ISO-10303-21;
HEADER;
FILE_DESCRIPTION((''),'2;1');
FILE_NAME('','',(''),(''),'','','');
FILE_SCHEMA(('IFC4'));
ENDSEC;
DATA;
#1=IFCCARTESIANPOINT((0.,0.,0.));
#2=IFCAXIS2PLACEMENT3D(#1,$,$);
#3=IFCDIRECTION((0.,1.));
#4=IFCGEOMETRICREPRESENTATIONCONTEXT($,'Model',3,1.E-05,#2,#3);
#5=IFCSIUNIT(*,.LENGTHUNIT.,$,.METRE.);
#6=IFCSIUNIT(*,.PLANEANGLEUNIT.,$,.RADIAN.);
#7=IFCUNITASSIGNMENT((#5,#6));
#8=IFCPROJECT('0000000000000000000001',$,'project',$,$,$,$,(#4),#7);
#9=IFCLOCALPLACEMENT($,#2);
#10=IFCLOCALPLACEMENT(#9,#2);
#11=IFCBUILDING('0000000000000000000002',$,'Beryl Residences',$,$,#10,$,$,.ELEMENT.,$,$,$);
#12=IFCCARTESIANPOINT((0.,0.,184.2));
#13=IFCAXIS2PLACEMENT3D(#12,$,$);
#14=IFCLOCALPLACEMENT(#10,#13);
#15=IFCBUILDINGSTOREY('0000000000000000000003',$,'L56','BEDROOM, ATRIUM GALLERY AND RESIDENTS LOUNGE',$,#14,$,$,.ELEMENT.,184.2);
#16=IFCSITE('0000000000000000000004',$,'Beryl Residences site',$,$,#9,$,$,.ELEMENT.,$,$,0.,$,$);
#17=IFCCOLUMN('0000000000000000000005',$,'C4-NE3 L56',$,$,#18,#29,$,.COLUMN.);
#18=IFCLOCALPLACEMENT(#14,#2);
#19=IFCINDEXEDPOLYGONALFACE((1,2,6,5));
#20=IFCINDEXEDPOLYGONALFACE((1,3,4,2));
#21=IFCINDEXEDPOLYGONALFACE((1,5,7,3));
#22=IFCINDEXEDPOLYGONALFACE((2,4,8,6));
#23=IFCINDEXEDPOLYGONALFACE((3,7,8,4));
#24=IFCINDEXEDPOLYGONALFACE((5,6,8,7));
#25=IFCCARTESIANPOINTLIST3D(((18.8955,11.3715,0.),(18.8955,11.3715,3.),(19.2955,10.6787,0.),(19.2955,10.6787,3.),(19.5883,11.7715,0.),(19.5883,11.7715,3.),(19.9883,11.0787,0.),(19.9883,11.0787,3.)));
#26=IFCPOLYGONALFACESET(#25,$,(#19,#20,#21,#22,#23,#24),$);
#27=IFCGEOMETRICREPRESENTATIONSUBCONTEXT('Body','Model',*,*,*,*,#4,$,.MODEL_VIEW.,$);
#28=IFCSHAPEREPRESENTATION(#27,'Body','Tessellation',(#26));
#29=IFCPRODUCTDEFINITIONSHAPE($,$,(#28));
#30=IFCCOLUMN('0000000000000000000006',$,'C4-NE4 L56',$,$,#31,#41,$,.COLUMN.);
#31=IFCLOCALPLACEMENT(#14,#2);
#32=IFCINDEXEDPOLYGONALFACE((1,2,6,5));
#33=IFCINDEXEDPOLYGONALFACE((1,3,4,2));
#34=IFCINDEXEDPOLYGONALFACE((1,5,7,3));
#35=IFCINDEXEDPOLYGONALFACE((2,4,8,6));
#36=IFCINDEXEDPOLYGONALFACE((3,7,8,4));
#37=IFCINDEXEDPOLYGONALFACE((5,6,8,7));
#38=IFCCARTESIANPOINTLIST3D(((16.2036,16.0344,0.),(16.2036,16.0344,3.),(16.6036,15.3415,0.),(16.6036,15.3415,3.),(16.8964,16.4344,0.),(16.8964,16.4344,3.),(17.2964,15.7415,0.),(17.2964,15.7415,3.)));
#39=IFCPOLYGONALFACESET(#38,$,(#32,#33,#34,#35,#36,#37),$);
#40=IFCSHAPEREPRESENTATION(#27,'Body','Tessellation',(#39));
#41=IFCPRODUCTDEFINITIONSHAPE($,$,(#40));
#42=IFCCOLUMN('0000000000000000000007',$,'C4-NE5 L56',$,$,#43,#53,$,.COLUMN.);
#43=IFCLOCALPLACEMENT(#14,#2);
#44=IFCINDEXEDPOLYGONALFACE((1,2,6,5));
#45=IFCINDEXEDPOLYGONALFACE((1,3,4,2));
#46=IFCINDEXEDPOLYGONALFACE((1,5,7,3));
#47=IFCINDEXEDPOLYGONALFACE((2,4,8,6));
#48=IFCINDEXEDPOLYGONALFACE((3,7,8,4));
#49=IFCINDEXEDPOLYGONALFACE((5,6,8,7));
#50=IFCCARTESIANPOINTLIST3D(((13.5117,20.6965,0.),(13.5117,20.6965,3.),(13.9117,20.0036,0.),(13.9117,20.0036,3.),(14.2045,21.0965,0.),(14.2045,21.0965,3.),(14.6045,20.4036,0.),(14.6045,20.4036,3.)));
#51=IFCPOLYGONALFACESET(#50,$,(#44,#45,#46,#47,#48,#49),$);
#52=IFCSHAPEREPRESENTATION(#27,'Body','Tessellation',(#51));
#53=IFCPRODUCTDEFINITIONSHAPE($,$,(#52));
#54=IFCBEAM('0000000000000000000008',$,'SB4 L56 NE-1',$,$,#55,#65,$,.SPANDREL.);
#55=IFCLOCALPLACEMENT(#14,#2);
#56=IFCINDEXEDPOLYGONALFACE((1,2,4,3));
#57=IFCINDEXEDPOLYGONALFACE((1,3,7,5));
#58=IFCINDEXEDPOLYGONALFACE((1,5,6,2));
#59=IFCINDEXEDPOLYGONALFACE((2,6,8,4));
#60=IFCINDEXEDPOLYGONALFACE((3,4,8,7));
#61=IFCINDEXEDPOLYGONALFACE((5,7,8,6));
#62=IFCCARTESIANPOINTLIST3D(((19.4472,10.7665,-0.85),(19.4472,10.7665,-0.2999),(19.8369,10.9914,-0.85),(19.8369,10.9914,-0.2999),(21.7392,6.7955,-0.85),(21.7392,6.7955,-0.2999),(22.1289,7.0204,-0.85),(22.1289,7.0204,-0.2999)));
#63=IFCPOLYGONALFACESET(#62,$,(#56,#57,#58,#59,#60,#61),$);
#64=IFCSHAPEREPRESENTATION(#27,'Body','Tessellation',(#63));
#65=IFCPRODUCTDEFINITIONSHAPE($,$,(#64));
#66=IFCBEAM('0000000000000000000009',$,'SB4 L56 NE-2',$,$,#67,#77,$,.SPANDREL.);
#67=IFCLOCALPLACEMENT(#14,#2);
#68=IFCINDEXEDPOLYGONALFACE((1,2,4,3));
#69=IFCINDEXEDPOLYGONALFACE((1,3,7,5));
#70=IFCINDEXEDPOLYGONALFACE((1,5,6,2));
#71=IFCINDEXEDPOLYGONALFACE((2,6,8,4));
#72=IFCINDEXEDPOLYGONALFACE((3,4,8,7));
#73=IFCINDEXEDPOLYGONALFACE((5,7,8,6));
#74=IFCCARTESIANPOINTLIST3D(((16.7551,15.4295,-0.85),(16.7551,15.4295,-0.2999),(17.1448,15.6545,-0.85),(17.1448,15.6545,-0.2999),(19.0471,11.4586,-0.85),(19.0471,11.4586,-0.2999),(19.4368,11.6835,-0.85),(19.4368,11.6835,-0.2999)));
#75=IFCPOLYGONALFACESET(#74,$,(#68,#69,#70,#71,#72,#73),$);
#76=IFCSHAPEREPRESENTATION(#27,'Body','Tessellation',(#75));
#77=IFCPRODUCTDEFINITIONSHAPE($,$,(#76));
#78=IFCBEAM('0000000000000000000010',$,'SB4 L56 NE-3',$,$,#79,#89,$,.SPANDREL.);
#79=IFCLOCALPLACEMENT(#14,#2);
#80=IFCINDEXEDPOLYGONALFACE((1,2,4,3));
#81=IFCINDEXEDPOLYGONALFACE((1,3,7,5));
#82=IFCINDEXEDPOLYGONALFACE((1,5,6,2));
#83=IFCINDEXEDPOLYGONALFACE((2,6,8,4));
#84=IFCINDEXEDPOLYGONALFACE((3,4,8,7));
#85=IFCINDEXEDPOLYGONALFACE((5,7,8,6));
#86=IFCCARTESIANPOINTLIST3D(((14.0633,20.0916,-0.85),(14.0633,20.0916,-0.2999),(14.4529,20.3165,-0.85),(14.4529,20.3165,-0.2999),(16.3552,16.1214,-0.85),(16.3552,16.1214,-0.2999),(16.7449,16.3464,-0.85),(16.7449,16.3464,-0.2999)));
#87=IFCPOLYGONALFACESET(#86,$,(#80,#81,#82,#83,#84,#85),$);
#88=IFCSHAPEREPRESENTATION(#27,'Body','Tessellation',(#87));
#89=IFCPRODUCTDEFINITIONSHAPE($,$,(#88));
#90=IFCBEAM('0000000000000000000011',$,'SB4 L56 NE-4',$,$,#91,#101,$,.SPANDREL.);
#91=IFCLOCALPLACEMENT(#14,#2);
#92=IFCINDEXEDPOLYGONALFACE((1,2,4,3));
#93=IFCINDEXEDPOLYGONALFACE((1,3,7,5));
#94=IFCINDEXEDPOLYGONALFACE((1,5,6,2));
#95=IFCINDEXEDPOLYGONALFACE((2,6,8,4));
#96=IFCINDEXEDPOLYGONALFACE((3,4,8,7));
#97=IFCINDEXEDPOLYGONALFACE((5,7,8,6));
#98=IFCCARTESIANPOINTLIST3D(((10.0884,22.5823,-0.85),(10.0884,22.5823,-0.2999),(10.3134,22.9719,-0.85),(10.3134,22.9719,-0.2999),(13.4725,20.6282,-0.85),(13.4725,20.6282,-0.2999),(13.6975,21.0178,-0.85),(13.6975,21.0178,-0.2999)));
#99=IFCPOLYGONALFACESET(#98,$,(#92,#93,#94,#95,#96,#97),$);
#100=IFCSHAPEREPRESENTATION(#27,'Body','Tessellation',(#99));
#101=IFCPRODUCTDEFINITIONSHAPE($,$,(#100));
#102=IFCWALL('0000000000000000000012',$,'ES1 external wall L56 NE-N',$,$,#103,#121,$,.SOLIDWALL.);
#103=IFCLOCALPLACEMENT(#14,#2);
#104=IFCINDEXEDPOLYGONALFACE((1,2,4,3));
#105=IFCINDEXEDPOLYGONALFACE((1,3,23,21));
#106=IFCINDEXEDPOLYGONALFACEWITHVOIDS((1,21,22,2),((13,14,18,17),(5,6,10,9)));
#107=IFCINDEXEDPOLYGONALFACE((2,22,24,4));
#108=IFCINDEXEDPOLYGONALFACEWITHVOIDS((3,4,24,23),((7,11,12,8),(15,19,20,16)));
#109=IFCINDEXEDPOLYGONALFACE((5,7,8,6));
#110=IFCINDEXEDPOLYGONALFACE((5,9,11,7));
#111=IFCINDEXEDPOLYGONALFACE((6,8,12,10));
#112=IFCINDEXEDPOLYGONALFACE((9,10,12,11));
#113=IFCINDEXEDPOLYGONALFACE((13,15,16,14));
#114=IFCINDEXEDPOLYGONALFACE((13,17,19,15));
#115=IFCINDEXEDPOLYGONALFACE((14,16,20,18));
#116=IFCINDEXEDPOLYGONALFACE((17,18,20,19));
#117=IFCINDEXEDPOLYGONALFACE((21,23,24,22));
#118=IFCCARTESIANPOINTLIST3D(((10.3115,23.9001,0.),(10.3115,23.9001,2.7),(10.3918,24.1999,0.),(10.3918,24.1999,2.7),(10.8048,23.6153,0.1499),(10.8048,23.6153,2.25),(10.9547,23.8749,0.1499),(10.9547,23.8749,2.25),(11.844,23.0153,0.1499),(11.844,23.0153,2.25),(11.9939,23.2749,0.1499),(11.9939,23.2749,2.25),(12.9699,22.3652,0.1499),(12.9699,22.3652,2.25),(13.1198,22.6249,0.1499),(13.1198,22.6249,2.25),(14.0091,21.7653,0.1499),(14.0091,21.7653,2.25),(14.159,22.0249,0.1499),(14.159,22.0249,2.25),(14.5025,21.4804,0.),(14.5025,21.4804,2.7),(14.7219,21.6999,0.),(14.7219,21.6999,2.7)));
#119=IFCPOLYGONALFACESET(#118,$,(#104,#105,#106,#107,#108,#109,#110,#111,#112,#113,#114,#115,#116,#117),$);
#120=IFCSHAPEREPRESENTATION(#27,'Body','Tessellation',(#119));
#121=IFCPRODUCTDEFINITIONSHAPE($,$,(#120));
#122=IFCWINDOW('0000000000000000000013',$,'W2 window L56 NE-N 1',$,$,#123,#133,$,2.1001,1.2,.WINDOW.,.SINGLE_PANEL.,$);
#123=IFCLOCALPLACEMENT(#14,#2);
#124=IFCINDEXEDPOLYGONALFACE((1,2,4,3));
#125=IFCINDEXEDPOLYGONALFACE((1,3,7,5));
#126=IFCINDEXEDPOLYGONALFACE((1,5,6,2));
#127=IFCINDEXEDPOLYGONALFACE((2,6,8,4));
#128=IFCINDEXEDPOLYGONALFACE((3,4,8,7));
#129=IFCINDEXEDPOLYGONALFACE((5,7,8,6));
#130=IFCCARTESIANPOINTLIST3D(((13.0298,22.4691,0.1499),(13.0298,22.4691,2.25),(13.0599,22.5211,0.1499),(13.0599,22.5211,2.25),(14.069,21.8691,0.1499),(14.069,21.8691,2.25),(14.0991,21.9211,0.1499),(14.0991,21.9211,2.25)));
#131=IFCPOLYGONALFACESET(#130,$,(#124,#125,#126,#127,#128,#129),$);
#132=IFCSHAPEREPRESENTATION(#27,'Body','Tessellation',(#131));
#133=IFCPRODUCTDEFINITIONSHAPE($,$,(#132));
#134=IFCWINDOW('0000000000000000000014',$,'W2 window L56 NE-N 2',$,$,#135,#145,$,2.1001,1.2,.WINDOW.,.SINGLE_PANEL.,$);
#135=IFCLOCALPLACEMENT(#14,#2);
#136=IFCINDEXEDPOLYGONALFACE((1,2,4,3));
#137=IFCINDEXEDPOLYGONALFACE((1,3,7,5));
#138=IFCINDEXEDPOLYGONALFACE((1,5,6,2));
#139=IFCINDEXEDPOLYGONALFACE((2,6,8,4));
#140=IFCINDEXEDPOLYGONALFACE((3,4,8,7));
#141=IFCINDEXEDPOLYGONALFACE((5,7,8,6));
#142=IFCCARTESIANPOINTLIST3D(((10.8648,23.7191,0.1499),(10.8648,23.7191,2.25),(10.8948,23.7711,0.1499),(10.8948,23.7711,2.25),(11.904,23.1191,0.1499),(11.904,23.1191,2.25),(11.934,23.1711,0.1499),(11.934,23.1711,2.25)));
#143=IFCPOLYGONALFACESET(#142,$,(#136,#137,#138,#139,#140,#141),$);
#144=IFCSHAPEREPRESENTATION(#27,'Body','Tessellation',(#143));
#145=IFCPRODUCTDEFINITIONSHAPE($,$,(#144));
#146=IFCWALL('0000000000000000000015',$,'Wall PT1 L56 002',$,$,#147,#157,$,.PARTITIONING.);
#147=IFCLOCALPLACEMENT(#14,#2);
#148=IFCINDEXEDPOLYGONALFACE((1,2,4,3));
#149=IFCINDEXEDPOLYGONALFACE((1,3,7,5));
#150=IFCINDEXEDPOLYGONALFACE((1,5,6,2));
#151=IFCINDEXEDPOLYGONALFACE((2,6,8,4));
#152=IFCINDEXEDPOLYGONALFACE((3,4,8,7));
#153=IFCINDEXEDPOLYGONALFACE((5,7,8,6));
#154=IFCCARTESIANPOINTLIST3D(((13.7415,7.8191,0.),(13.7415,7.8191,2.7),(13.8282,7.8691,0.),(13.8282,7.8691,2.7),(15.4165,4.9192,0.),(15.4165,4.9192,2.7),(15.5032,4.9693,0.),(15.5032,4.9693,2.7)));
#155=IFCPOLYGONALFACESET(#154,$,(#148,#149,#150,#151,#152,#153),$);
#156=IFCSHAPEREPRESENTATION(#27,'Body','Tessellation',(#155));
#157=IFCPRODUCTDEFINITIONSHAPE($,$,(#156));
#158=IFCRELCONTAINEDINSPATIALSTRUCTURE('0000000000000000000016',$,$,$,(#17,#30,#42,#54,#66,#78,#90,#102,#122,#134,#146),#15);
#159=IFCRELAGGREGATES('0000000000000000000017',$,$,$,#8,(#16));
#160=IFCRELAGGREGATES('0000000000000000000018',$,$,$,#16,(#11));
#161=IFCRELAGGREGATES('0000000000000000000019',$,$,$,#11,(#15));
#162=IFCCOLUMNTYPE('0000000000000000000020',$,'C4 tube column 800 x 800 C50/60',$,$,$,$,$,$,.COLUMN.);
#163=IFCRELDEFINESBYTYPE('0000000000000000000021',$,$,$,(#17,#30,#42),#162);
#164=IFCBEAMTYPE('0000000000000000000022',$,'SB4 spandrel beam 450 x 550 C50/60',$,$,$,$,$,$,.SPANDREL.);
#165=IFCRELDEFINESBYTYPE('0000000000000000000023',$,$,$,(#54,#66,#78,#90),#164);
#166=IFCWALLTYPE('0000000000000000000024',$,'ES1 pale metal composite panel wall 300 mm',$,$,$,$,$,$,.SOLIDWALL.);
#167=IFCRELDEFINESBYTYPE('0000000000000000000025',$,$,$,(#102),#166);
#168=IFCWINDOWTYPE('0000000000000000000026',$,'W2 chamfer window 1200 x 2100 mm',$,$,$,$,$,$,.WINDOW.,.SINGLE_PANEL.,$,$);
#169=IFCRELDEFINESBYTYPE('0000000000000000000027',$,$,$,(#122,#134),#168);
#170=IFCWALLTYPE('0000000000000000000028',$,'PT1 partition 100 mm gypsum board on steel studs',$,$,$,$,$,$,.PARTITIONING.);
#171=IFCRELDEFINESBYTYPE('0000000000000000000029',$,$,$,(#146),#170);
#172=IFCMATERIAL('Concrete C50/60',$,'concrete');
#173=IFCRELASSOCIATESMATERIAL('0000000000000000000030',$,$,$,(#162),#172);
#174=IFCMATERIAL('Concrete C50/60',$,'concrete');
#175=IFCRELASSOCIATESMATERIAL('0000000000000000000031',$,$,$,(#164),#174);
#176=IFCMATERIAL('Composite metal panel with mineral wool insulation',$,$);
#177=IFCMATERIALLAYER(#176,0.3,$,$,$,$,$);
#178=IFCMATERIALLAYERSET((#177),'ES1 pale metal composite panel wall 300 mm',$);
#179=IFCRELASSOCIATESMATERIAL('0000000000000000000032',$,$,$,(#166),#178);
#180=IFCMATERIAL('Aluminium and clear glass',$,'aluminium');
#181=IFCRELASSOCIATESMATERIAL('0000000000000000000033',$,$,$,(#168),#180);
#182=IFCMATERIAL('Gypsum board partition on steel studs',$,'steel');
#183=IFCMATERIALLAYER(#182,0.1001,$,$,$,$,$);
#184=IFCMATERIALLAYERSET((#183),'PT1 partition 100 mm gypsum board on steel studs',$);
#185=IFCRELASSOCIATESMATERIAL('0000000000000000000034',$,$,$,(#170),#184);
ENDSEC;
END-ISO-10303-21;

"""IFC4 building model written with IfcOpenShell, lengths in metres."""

from ifc_helpers import new_model, si_unit, direction, frame, frame_2d, origin, origin_2d, place, context, subcontext, project, spatial, polyline, rectangle, outline, extrude, material, layer, layer_set, material_profile, profile_set, type_object, element, fill, save


model = new_model("IFC4")

# Units and contexts
model_context = context("Model", 3, precision=1e-05, world=origin(), true_north=direction((0.0, 1.0)))
body_context = subcontext(model_context, "Body", "Model", "MODEL_VIEW")
ifc_project = project(units=[si_unit("LENGTHUNIT", "METRE"), si_unit("PLANEANGLEUNIT", "RADIAN")], contexts=[model_context])

# Site, building, storey
site_placement = place(None, origin())
site = spatial("IfcSite", under=ifc_project, at=site_placement, Name="Beryl Residences site", CompositionType="ELEMENT", RefElevation=0.0)
building_placement = place(site_placement, origin())
building = spatial("IfcBuilding", under=site, at=building_placement, Name="Beryl Residences", CompositionType="ELEMENT")
storey_placement = place(building_placement, frame((0.0, 0.0, 184.2)))
storey = spatial("IfcBuildingStorey", under=building, at=storey_placement, Name="L56", Description="BEDROOM, ATRIUM GALLERY AND RESIDENTS LOUNGE", CompositionType="ELEMENT", Elevation=184.2)

# Columns
ifc_material_1 = material(Name="Concrete C50/60", Category="concrete")
ifc_material_profile_1 = material_profile(ifc_material_1, rectangle(XDim=0.8, YDim=0.8, at=origin_2d()))
ifc_profile_set_1 = profile_set([ifc_material_profile_1], Name="Concrete C50/60")
column_type = type_object("IfcColumnType", Name="C4 tube column 800 x 800 C50/60", PredefinedType="COLUMN", material=ifc_profile_set_1)
for number, where, z_axis, x_axis, name in (
    (1, (19.4419, 11.2251, 0.0), (0.0, 0.0, 1.0), (-0.5, 0.866025, 0.0), "C4-NE3 L56"),
    (2, (16.75, 15.8879, 0.0), (0.0, 0.0, 1.0), (-0.5, 0.866025, 0.0), "C4-NE4 L56"),
    (3, (14.0581, 20.55, 0.0), (0.0, 0.0, 1.0), (-0.5, 0.866025, 0.0), "C4-NE5 L56"),
):
    element("IfcColumn", number, at=place(storey_placement, frame(where, z_axis=z_axis, x_axis=x_axis)), inside=storey, type_object=column_type, Name=name, PredefinedType="COLUMN", context=body_context, shape_type="SweptSolid", body=[
        extrude(rectangle(XDim=0.8, YDim=0.8, at=origin_2d()), origin(), (0.0, 0.0, 1.0), 3.0),
    ])

# Beams
ifc_material_2 = material(Name="Concrete C50/60", Category="concrete")
ifc_material_profile_2 = material_profile(ifc_material_2, rectangle(XDim=0.45, YDim=0.55, at=origin_2d()))
ifc_profile_set_2 = profile_set([ifc_material_profile_2], Name="Concrete C50/60")
beam_type = type_object("IfcBeamType", Name="SB4 spandrel beam 450 x 550 C50/60", PredefinedType="SPANDREL", material=ifc_profile_set_2)
for number, where, z_axis, x_axis, name in (
    (4, (21.9341, 6.908, -0.575), (-0.499896, 0.866085, 0.0), (-0.866085, -0.499896, 0.0), "SB4 L56 NE-1"),
    (5, (19.2419, 11.571, -0.575), (-0.499896, 0.866085, 0.0), (-0.866085, -0.499896, 0.0), "SB4 L56 NE-2"),
):
    element("IfcBeam", number, at=place(storey_placement, frame(where, z_axis=z_axis, x_axis=x_axis)), inside=storey, type_object=beam_type, Name=name, PredefinedType="SPANDREL", context=body_context, shape_type="SweptSolid", body=[
        extrude(rectangle(XDim=0.45, YDim=0.55, at=origin_2d()), origin(), (0.0, 0.0, 1.0), 4.585),
    ])
beam_1_placement = place(storey_placement, frame((16.55, 16.2339, -0.575), z_axis=(-0.499965, 0.866045, 0.0), x_axis=(-0.866045, -0.499965, 0.0)))
element("IfcBeam", 6, at=beam_1_placement, inside=storey, type_object=beam_type, Name="SB4 L56 NE-3", PredefinedType="SPANDREL", context=body_context, shape_type="SweptSolid", body=[
    extrude(rectangle(XDim=0.45, YDim=0.55, at=origin_2d()), origin(), (0.0, 0.0, 1.0), 4.5842),
])
beam_2_placement = place(storey_placement, frame((13.585, 20.823, -0.575), z_axis=(-0.865989, 0.500063, 0.0), x_axis=(-0.500063, -0.865989, 0.0)))
element("IfcBeam", 7, at=beam_2_placement, inside=storey, type_object=beam_type, Name="SB4 L56 NE-4", PredefinedType="SPANDREL", context=body_context, shape_type="SweptSolid", body=[
    extrude(rectangle(XDim=0.45, YDim=0.55, at=origin_2d()), origin(), (0.0, 0.0, 1.0), 3.9077),
])

# Wall, openings, windows
ifc_material_3 = material(Name="Composite metal panel with mineral wool insulation")
ifc_layer_1 = layer(ifc_material_3, 0.3)
ifc_layer_set_1 = layer_set([ifc_layer_1], Name="ES1 pale metal composite panel wall 300 mm")
wall_type_1 = type_object("IfcWallType", Name="ES1 pale metal composite panel wall 300 mm", PredefinedType="SOLIDWALL", material=ifc_layer_set_1)
wall_1_placement = place(storey_placement, frame((14.647, 21.5701, 0.0), z_axis=(0.0, 0.0, 1.0), x_axis=(-0.866023, 0.500004, 0.0)))
wall_1 = element("IfcWall", 8, at=wall_1_placement, inside=storey, type_object=wall_type_1, Name="ES1 external wall L56 NE-N", PredefinedType="SOLIDWALL", context=body_context, shape_type="SweptSolid", body=[
    extrude(outline(polyline([(0.0, -0.1499), (5.0, -0.1499), (4.9197, 0.1499), (0.0803, 0.1499), (0.0, -0.1499)])), origin(), (0.0, 0.0, 1.0), 2.7),
])
opening_1_placement = place(wall_1_placement, frame((0.6499, 0.0, 0.1499)))
opening_1 = element("IfcOpeningElement", 9, at=opening_1_placement, cuts=wall_1, PredefinedType="OPENING", context=body_context, shape_type="SweptSolid", body=[
    extrude(rectangle(XDim=1.2, YDim=2.1001, at=frame_2d((0.6001, 1.05))), frame((0.0, 0.1599, 0.0), z_axis=(0.0, -1.0, 0.0), x_axis=(1.0, 0.0, 0.0)), (0.0, 0.0, 1.0), 0.3201),
])
opening_2_placement = place(wall_1_placement, frame((3.1499, 0.0, 0.1499)))
opening_2 = element("IfcOpeningElement", 10, at=opening_2_placement, cuts=wall_1, PredefinedType="OPENING", context=body_context, shape_type="SweptSolid", body=[
    extrude(rectangle(XDim=1.2, YDim=2.1001, at=frame_2d((0.6001, 1.05))), frame((0.0, 0.1599, 0.0), z_axis=(0.0, -1.0, 0.0), x_axis=(1.0, 0.0, 0.0)), (0.0, 0.0, 1.0), 0.3201),
])
ifc_material_4 = material(Name="Aluminium and clear glass", Category="aluminium")
window_type = type_object("IfcWindowType", Name="W2 chamfer window 1200 x 2100 mm", PartitioningType="SINGLE_PANEL", PredefinedType="WINDOW", material=ifc_material_4)
window_1_placement = place(opening_1_placement, origin())
window_1 = element("IfcWindow", 11, at=window_1_placement, inside=storey, type_object=window_type, Name="W2 window L56 NE-N 1", OverallHeight=2.1001, OverallWidth=1.2, PartitioningType="SINGLE_PANEL", PredefinedType="WINDOW", context=body_context, shape_type="SweptSolid", body=[
    extrude(rectangle(XDim=1.2, YDim=2.1001, at=frame_2d((0.6001, 1.05))), frame((0.0, 0.03, 0.0), z_axis=(0.0, -1.0, 0.0), x_axis=(1.0, 0.0, 0.0)), (0.0, 0.0, 1.0), 0.0601),
])
fill(opening_1, window_1)
window_2_placement = place(opening_2_placement, origin())
window_2 = element("IfcWindow", 12, at=window_2_placement, inside=storey, type_object=window_type, Name="W2 window L56 NE-N 2", OverallHeight=2.1001, OverallWidth=1.2, PartitioningType="SINGLE_PANEL", PredefinedType="WINDOW", context=body_context, shape_type="SweptSolid", body=[
    extrude(rectangle(XDim=1.2, YDim=2.1001, at=frame_2d((0.6001, 1.05))), frame((0.0, 0.03, 0.0), z_axis=(0.0, -1.0, 0.0), x_axis=(1.0, 0.0, 0.0)), (0.0, 0.0, 1.0), 0.0601),
])
fill(opening_2, window_2)

# Wall
ifc_material_5 = material(Name="Gypsum board partition on steel studs", Category="steel")
ifc_layer_2 = layer(ifc_material_5, 0.1001)
ifc_layer_set_2 = layer_set([ifc_layer_2], Name="PT1 partition 100 mm gypsum board on steel studs")
wall_type_2 = type_object("IfcWallType", Name="PT1 partition 100 mm gypsum board on steel studs", PredefinedType="PARTITIONING", material=ifc_layer_set_2)
wall_2_placement = place(storey_placement, frame((13.7849, 7.844, 0.0), z_axis=(0.0, 0.0, 1.0), x_axis=(0.500177, -0.865923, 0.0)))
element("IfcWall", 13, at=wall_2_placement, inside=storey, type_object=wall_type_2, Name="Wall PT1 L56 002", PredefinedType="PARTITIONING", context=body_context, shape_type="SweptSolid", body=[
    extrude(rectangle(XDim=3.3489, YDim=0.1001, at=frame_2d((1.6743, 0.0))), origin(), (0.0, 0.0, 1.0), 2.7),
])

save(model, "model.ifc")
